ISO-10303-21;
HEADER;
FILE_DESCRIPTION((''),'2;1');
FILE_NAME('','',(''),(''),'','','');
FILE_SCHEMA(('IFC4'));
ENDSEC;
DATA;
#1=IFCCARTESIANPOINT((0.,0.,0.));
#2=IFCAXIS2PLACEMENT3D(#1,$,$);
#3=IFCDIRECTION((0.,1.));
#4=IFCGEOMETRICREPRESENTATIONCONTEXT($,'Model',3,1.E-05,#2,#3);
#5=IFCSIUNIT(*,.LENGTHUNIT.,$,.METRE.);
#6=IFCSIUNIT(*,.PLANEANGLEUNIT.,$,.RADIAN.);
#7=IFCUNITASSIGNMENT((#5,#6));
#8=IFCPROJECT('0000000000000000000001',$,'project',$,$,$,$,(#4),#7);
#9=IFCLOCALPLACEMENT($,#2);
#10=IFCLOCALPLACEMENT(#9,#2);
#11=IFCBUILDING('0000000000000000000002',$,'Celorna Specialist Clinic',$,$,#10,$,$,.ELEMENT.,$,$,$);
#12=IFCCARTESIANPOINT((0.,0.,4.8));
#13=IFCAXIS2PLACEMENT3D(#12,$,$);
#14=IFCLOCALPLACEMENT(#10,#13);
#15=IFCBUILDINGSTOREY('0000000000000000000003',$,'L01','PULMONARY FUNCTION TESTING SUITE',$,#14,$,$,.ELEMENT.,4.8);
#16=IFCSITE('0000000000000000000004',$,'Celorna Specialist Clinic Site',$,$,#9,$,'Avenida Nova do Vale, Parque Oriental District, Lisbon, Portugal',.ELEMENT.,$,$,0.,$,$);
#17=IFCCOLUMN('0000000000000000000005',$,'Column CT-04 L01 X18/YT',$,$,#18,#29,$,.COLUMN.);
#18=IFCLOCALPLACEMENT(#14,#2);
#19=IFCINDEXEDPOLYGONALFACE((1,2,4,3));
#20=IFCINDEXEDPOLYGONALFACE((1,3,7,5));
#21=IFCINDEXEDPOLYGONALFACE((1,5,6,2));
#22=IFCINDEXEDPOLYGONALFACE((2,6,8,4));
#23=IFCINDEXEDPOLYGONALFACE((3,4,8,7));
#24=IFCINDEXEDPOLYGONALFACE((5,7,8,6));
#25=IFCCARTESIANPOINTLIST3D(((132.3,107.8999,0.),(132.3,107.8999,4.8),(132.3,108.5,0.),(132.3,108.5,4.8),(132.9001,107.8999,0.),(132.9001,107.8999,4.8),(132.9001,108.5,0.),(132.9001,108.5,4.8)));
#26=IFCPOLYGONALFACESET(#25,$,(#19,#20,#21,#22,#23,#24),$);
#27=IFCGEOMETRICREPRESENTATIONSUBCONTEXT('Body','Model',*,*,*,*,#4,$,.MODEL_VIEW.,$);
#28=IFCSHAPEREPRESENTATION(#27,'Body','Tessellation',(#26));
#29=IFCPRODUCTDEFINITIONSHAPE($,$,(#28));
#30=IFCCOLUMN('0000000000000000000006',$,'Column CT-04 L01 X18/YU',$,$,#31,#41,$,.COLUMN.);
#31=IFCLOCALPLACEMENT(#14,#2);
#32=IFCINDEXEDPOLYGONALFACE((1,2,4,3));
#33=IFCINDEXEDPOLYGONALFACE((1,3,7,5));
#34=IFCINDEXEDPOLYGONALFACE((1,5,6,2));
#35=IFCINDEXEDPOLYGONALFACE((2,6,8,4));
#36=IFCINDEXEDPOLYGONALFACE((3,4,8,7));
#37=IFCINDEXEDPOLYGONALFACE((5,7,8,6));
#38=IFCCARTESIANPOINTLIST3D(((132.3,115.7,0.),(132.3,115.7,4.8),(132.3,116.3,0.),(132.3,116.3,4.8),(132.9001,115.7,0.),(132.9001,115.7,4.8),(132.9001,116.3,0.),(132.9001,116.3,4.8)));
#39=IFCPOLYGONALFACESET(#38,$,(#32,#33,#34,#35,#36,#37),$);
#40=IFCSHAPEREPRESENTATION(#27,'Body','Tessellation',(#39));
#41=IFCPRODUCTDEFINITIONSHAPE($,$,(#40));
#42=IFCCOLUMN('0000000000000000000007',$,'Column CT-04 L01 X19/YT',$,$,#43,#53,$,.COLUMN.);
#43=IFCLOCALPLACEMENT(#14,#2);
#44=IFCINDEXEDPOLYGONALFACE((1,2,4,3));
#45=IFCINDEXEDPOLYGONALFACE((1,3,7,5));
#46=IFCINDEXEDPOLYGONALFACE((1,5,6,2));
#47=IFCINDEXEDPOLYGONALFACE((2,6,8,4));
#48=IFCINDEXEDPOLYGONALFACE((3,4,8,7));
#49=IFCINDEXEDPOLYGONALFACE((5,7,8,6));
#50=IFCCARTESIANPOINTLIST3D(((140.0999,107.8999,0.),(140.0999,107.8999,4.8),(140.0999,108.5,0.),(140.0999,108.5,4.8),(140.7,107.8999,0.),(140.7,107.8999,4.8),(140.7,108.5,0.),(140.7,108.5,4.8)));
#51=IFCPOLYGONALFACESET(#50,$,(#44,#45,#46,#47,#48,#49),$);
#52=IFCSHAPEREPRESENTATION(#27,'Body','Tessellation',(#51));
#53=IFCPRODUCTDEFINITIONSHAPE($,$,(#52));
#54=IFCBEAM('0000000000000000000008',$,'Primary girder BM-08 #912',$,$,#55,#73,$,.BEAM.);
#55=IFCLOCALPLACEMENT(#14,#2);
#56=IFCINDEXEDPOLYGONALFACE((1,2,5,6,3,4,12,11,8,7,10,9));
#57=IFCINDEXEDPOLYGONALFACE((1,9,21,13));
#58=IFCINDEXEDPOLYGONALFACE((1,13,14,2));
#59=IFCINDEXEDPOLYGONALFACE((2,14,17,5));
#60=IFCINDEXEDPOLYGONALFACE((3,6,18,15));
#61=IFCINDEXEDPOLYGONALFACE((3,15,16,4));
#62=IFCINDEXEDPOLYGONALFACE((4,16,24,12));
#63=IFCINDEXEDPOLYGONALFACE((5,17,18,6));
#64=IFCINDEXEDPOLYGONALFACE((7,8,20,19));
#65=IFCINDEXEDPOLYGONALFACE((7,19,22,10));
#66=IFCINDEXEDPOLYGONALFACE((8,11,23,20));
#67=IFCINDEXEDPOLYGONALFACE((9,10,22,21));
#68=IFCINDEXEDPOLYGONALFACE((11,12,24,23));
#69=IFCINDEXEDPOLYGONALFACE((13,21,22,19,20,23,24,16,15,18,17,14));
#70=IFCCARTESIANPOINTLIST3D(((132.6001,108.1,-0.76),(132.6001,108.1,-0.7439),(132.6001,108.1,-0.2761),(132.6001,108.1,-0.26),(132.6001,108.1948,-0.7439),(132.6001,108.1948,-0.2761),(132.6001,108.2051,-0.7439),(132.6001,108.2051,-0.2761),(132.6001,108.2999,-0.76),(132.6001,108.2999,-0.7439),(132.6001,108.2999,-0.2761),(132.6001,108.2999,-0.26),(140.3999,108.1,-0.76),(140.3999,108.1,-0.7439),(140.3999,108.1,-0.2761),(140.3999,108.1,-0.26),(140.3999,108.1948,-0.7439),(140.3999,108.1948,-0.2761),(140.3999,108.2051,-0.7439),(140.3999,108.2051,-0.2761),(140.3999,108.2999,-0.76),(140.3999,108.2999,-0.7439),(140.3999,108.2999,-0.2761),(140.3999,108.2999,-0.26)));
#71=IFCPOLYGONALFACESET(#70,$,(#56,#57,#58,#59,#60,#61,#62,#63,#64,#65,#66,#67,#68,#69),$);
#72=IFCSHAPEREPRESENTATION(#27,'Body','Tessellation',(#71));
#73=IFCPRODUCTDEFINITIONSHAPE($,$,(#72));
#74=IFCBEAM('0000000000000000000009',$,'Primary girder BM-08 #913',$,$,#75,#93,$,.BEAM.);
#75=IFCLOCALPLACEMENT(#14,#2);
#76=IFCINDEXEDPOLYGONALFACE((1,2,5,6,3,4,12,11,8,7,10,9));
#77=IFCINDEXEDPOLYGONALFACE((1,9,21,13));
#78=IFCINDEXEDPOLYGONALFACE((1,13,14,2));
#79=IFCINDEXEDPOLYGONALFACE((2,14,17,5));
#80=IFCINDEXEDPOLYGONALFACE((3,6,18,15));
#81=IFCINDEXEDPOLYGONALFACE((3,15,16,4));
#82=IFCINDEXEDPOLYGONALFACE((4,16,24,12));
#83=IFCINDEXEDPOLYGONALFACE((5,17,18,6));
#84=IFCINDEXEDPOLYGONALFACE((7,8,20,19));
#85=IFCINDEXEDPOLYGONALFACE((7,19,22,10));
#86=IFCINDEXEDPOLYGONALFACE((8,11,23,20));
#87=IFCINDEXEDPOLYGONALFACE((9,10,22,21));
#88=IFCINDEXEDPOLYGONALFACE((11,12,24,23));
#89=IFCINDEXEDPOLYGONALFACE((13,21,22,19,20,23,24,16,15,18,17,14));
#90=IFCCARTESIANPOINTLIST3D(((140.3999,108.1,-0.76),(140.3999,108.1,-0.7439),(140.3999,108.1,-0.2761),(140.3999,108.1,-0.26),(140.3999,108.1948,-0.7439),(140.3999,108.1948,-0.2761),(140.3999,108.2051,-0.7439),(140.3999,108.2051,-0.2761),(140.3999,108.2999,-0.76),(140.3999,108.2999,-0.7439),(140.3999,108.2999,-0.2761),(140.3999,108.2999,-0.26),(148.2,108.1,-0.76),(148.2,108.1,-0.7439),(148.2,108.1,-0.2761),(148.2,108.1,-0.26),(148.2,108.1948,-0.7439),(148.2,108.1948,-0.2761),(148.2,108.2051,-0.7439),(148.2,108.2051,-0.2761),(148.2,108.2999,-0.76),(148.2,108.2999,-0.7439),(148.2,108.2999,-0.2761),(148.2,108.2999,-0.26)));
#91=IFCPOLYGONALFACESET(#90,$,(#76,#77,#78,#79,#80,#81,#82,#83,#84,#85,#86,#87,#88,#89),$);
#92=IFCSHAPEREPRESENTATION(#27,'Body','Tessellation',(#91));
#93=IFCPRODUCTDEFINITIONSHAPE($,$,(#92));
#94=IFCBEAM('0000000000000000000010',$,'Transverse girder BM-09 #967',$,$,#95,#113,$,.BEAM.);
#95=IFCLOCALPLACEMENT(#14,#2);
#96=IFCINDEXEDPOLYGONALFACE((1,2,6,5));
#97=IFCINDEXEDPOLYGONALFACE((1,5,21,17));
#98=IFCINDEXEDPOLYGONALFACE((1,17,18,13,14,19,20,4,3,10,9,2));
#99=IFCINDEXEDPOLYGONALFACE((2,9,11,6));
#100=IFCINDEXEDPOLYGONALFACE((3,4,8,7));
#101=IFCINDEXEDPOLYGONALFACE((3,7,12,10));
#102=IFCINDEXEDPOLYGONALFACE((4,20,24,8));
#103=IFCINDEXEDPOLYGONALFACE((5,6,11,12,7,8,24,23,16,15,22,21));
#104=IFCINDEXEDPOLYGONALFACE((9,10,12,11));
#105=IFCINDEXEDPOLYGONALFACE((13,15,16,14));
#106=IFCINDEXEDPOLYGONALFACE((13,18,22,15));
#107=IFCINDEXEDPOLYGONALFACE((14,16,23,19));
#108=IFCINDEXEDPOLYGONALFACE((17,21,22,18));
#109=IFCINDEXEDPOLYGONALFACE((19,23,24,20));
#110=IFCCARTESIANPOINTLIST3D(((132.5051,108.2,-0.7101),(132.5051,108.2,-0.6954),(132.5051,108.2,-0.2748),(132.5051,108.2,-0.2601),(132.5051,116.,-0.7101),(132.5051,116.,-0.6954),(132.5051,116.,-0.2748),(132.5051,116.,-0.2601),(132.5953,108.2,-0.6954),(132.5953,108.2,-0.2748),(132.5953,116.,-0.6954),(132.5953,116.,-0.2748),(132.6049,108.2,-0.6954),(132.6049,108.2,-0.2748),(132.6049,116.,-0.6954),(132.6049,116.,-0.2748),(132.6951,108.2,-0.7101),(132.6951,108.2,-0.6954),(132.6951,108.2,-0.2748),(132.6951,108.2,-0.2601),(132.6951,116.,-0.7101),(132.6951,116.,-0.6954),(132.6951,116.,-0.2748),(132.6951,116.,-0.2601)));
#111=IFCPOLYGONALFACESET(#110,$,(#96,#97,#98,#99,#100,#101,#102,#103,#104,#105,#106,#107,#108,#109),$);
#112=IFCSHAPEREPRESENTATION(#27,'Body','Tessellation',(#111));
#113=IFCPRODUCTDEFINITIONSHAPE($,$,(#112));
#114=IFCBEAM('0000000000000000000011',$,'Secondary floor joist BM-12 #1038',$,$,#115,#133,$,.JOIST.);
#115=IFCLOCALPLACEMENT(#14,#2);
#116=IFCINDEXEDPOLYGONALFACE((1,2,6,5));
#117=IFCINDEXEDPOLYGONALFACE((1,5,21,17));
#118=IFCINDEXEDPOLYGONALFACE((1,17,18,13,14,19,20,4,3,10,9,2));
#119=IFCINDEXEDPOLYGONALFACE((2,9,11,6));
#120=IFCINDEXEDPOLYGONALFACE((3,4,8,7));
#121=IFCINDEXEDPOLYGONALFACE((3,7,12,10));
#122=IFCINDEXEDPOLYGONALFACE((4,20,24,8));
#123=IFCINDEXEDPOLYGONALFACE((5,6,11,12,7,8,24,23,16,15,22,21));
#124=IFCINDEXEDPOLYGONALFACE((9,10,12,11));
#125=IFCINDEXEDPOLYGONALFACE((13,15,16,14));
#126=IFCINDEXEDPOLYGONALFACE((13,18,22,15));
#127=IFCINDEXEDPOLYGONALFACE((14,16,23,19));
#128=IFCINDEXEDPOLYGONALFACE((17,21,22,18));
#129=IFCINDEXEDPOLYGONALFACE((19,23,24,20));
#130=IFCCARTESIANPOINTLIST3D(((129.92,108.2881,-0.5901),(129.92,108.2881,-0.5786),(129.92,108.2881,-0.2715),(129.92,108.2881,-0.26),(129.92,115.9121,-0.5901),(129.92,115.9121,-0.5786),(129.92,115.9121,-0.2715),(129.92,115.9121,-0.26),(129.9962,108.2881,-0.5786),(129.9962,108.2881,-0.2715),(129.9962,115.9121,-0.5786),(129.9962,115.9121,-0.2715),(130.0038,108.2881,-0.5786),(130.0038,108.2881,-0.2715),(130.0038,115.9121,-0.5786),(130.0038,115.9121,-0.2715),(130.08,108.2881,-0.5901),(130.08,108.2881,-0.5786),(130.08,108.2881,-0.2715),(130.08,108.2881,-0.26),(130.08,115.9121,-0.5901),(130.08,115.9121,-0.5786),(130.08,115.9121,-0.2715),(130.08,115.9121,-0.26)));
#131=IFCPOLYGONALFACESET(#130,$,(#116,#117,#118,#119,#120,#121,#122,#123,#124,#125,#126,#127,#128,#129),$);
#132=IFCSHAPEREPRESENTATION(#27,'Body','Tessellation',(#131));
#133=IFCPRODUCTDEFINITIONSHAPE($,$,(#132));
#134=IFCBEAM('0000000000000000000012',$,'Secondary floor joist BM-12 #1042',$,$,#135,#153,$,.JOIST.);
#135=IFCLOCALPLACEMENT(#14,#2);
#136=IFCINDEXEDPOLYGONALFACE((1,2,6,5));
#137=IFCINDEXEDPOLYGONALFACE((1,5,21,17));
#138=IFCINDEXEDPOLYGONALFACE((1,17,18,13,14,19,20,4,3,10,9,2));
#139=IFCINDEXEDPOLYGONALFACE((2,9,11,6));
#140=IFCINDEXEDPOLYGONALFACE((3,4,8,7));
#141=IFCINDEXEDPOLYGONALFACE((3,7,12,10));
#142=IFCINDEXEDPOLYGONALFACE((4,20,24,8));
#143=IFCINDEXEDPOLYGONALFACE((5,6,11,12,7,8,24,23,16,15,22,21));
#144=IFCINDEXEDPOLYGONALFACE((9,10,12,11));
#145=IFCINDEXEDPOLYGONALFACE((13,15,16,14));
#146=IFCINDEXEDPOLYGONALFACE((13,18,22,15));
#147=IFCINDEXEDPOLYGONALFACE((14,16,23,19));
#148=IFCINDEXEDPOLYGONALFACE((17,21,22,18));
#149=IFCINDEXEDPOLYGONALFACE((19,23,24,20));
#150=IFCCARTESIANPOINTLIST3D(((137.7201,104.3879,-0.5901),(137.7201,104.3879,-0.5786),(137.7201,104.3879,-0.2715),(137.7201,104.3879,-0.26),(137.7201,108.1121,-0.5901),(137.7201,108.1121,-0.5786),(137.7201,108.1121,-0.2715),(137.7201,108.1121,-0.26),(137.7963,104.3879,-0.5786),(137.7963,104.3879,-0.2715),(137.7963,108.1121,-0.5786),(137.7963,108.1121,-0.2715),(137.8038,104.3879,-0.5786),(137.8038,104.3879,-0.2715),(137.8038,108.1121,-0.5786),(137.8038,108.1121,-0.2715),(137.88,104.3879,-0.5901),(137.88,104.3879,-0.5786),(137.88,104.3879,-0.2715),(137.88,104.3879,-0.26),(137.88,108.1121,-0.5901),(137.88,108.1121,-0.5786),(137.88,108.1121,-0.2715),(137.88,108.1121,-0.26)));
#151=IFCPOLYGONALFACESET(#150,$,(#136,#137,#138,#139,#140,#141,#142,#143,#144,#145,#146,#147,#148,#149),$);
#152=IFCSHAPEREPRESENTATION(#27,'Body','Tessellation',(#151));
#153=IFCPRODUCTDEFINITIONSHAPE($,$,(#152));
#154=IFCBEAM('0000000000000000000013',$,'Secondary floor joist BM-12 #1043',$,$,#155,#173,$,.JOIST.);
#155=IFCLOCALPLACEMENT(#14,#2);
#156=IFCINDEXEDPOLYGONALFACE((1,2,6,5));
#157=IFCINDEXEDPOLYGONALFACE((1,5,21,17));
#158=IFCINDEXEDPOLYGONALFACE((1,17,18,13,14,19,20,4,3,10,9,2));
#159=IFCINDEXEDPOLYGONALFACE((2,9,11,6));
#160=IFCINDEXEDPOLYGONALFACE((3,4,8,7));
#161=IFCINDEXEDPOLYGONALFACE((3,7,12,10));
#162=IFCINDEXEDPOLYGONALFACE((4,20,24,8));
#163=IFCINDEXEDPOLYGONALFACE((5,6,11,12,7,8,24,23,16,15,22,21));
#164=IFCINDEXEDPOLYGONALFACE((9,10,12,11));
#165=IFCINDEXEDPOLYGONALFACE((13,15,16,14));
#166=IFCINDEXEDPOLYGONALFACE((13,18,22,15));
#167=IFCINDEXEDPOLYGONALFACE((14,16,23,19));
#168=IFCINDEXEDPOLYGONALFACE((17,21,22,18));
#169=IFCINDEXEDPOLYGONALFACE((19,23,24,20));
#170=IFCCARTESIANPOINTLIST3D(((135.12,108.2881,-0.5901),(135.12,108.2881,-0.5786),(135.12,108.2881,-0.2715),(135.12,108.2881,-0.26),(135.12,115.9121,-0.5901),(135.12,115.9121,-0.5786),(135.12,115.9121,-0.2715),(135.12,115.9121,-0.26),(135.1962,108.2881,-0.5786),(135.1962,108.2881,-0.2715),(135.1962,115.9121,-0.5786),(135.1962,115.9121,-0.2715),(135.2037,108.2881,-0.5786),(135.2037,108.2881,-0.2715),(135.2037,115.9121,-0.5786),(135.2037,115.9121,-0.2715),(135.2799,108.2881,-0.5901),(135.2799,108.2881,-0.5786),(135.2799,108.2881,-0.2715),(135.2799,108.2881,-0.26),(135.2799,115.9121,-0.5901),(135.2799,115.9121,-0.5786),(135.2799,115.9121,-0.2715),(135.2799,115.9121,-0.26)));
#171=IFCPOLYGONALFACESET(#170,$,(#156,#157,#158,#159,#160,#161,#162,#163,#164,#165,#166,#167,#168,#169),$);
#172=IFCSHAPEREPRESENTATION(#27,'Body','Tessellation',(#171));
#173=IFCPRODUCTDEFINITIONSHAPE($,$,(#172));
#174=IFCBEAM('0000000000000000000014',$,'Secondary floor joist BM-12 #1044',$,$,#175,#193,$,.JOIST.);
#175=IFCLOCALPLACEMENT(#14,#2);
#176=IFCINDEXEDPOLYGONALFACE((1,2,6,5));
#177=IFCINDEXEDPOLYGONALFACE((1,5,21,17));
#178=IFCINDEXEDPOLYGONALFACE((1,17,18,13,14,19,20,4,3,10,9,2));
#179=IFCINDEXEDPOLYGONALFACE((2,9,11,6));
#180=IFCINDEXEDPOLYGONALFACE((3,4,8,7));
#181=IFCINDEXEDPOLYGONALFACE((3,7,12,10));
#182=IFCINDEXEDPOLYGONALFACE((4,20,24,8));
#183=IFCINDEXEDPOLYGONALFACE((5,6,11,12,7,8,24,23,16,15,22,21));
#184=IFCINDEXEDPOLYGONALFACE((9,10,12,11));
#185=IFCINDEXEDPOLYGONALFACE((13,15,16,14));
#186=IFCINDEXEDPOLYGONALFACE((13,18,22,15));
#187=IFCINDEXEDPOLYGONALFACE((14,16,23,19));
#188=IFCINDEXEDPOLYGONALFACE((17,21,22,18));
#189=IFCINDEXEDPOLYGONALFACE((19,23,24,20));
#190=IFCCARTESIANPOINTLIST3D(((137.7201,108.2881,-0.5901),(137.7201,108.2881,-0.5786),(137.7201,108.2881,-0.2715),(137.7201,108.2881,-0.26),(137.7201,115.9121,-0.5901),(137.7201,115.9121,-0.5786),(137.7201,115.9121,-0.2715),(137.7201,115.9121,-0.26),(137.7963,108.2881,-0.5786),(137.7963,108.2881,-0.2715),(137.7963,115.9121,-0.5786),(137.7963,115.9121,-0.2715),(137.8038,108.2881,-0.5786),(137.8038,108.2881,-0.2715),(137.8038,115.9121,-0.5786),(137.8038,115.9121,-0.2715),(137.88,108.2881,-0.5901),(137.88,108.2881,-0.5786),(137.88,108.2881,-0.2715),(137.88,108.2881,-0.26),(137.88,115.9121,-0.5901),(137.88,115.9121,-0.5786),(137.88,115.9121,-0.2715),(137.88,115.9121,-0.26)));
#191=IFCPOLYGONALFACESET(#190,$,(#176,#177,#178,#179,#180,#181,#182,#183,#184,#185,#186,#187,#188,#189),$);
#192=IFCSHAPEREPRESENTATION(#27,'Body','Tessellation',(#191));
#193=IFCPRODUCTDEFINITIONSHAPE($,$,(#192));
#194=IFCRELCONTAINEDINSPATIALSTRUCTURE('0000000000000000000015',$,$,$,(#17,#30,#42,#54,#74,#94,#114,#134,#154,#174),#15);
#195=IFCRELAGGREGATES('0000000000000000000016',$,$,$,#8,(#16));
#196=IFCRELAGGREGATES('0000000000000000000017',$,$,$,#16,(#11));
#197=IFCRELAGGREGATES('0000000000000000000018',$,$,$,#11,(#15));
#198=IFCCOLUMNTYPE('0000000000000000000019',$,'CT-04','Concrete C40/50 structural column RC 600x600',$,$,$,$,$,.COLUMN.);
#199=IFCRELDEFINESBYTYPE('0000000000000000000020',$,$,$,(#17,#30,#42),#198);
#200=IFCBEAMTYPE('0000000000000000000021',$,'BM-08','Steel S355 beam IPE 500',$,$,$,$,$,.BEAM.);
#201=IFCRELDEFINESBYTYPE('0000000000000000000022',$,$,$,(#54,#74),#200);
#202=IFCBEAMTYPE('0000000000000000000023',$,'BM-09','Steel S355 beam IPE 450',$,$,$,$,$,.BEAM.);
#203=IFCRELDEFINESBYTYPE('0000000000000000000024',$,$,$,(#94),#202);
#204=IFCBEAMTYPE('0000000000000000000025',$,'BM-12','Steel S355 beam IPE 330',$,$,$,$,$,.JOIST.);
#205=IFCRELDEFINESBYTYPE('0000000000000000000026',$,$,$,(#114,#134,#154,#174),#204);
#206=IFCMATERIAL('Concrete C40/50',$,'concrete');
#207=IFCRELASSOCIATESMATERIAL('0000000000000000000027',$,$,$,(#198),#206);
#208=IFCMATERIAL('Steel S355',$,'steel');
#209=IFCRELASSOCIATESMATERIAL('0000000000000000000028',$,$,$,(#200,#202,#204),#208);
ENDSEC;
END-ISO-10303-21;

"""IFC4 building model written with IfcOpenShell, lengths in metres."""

from ifc_helpers import new_model, si_unit, direction, frame, origin, origin_2d, place, context, subcontext, project, spatial, rectangle, i_section, extrude, material, material_profile, profile_set, type_object, element, save


model = new_model("IFC4")

# Units and contexts
model_context = context("Model", 3, precision=1e-05, world=origin(), true_north=direction((0.0, 1.0)))
body_context = subcontext(model_context, "Body", "Model", "MODEL_VIEW")
ifc_project = project(units=[si_unit("LENGTHUNIT", "METRE"), si_unit("PLANEANGLEUNIT", "RADIAN")], contexts=[model_context])

# Site, building, storey
site_placement = place(None, origin())
site = spatial("IfcSite", under=ifc_project, at=site_placement, Name="Celorna Specialist Clinic Site", LongName="Avenida Nova do Vale, Parque Oriental District, Lisbon, Portugal", CompositionType="ELEMENT", RefElevation=0.0)
building_placement = place(site_placement, origin())
building = spatial("IfcBuilding", under=site, at=building_placement, Name="Celorna Specialist Clinic", CompositionType="ELEMENT")
storey_placement = place(building_placement, frame((0.0, 0.0, 4.8)))
storey = spatial("IfcBuildingStorey", under=building, at=storey_placement, Name="L01", Description="PULMONARY FUNCTION TESTING SUITE", CompositionType="ELEMENT", Elevation=4.8)

# Columns
ifc_material_1 = material(Name="Concrete C40/50", Category="concrete")
ifc_material_profile_1 = material_profile(ifc_material_1, rectangle(XDim=0.6001, YDim=0.6001, at=origin_2d()), Name="RC 600x600")
ifc_profile_set_1 = profile_set([ifc_material_profile_1], Name="Concrete C40/50")
column_type = type_object("IfcColumnType", Name="CT-04", Description="Concrete C40/50 structural column RC 600x600", PredefinedType="COLUMN", material=ifc_profile_set_1)
for number, where, z_axis, x_axis, name in (
    (1, (132.6001, 108.2, 0.0), (0.0, 0.0, 1.0), (1.0, 0.0, 0.0), "Column CT-04 L01 X18/YT"),
    (2, (132.6001, 116.0, 0.0), (0.0, 0.0, 1.0), (1.0, 0.0, 0.0), "Column CT-04 L01 X18/YU"),
    (3, (140.3999, 108.2, 0.0), (0.0, 0.0, 1.0), (1.0, 0.0, 0.0), "Column CT-04 L01 X19/YT"),
):
    element("IfcColumn", number, at=place(storey_placement, frame(where, z_axis=z_axis, x_axis=x_axis)), inside=storey, type_object=column_type, Name=name, PredefinedType="COLUMN", context=body_context, shape_type="SweptSolid", body=[
        extrude(rectangle(XDim=0.6001, YDim=0.6001, at=origin_2d()), origin(), (0.0, 0.0, 1.0), 4.8),
    ])

# Beams
ifc_material_2 = material(Name="Steel S355", Category="steel")
ifc_material_profile_2 = material_profile(ifc_material_2, i_section(OverallWidth=0.2, OverallDepth=0.5, WebThickness=0.0103, FlangeThickness=0.0161, at=origin_2d()), Name="IPE 500")
ifc_profile_set_2 = profile_set([ifc_material_profile_2], Name="Steel S355")
beam_type_1 = type_object("IfcBeamType", Name="BM-08", Description="Steel S355 beam IPE 500", PredefinedType="BEAM", material=ifc_profile_set_2)
beam_1_placement = place(storey_placement, frame((132.6001, 108.2, -0.51), z_axis=(1.0, 0.0, 0.0), x_axis=(0.0, 1.0, 0.0)))
element("IfcBeam", 4, at=beam_1_placement, inside=storey, type_object=beam_type_1, Name="Primary girder BM-08 #912", PredefinedType="BEAM", context=body_context, shape_type="SweptSolid", body=[
    extrude(i_section(OverallWidth=0.2, OverallDepth=0.5, WebThickness=0.0103, FlangeThickness=0.0161, at=origin_2d()), origin(), (0.0, 0.0, 1.0), 7.7998),
])
beam_2_placement = place(storey_placement, frame((140.3999, 108.2, -0.51), z_axis=(1.0, 0.0, 0.0), x_axis=(0.0, 1.0, 0.0)))
element("IfcBeam", 5, at=beam_2_placement, inside=storey, type_object=beam_type_1, Name="Primary girder BM-08 #913", PredefinedType="BEAM", context=body_context, shape_type="SweptSolid", body=[
    extrude(i_section(OverallWidth=0.2, OverallDepth=0.5, WebThickness=0.0103, FlangeThickness=0.0161, at=origin_2d()), origin(), (0.0, 0.0, 1.0), 7.8),
])
ifc_material_profile_3 = material_profile(ifc_material_2, i_section(OverallWidth=0.1899, OverallDepth=0.45, WebThickness=0.0095, FlangeThickness=0.0146, at=origin_2d()), Name="IPE 450")
ifc_profile_set_3 = profile_set([ifc_material_profile_3], Name="Steel S355")
beam_type_2 = type_object("IfcBeamType", Name="BM-09", Description="Steel S355 beam IPE 450", PredefinedType="BEAM", material=ifc_profile_set_3)
beam_3_placement = place(storey_placement, frame((132.6001, 108.2, -0.4851), z_axis=(0.0, 1.0, 0.0), x_axis=(-1.0, 0.0, 0.0)))
element("IfcBeam", 6, at=beam_3_placement, inside=storey, type_object=beam_type_2, Name="Transverse girder BM-09 #967", PredefinedType="BEAM", context=body_context, shape_type="SweptSolid", body=[
    extrude(i_section(OverallWidth=0.1899, OverallDepth=0.45, WebThickness=0.0095, FlangeThickness=0.0146, at=origin_2d()), origin(), (0.0, 0.0, 1.0), 7.8),
])
ifc_material_profile_4 = material_profile(ifc_material_2, i_section(OverallWidth=0.1599, OverallDepth=0.3301, WebThickness=0.0076, FlangeThickness=0.0115, at=origin_2d()), Name="IPE 330")
ifc_profile_set_4 = profile_set([ifc_material_profile_4], Name="Steel S355")
beam_type_3 = type_object("IfcBeamType", Name="BM-12", Description="Steel S355 beam IPE 330", PredefinedType="JOIST", material=ifc_profile_set_4)
beam_4_placement = place(storey_placement, frame((130.0, 108.2881, -0.425), z_axis=(0.0, 1.0, 0.0), x_axis=(-1.0, 0.0, 0.0)))
element("IfcBeam", 7, at=beam_4_placement, inside=storey, type_object=beam_type_3, Name="Secondary floor joist BM-12 #1038", PredefinedType="JOIST", context=body_context, shape_type="SweptSolid", body=[
    extrude(i_section(OverallWidth=0.1599, OverallDepth=0.3301, WebThickness=0.0076, FlangeThickness=0.0115, at=origin_2d()), origin(), (0.0, 0.0, 1.0), 7.624),
])
beam_5_placement = place(storey_placement, frame((137.8, 104.3879, -0.425), z_axis=(0.0, 1.0, 0.0), x_axis=(-1.0, 0.0, 0.0)))
element("IfcBeam", 8, at=beam_5_placement, inside=storey, type_object=beam_type_3, Name="Secondary floor joist BM-12 #1042", PredefinedType="JOIST", context=body_context, shape_type="SweptSolid", body=[
    extrude(i_section(OverallWidth=0.1599, OverallDepth=0.3301, WebThickness=0.0076, FlangeThickness=0.0115, at=origin_2d()), origin(), (0.0, 0.0, 1.0), 3.7241),
])
for number, where, z_axis, x_axis, name in (
    (9, (135.2, 108.2881, -0.425), (0.0, 1.0, 0.0), (-1.0, 0.0, 0.0), "Secondary floor joist BM-12 #1043"),
    (10, (137.8, 108.2881, -0.425), (0.0, 1.0, 0.0), (-1.0, 0.0, 0.0), "Secondary floor joist BM-12 #1044"),
):
    element("IfcBeam", number, at=place(storey_placement, frame(where, z_axis=z_axis, x_axis=x_axis)), inside=storey, type_object=beam_type_3, Name=name, PredefinedType="JOIST", context=body_context, shape_type="SweptSolid", body=[
        extrude(i_section(OverallWidth=0.1599, OverallDepth=0.3301, WebThickness=0.0076, FlangeThickness=0.0115, at=origin_2d()), origin(), (0.0, 0.0, 1.0), 7.624),
    ])

save(model, "model.ifc")
